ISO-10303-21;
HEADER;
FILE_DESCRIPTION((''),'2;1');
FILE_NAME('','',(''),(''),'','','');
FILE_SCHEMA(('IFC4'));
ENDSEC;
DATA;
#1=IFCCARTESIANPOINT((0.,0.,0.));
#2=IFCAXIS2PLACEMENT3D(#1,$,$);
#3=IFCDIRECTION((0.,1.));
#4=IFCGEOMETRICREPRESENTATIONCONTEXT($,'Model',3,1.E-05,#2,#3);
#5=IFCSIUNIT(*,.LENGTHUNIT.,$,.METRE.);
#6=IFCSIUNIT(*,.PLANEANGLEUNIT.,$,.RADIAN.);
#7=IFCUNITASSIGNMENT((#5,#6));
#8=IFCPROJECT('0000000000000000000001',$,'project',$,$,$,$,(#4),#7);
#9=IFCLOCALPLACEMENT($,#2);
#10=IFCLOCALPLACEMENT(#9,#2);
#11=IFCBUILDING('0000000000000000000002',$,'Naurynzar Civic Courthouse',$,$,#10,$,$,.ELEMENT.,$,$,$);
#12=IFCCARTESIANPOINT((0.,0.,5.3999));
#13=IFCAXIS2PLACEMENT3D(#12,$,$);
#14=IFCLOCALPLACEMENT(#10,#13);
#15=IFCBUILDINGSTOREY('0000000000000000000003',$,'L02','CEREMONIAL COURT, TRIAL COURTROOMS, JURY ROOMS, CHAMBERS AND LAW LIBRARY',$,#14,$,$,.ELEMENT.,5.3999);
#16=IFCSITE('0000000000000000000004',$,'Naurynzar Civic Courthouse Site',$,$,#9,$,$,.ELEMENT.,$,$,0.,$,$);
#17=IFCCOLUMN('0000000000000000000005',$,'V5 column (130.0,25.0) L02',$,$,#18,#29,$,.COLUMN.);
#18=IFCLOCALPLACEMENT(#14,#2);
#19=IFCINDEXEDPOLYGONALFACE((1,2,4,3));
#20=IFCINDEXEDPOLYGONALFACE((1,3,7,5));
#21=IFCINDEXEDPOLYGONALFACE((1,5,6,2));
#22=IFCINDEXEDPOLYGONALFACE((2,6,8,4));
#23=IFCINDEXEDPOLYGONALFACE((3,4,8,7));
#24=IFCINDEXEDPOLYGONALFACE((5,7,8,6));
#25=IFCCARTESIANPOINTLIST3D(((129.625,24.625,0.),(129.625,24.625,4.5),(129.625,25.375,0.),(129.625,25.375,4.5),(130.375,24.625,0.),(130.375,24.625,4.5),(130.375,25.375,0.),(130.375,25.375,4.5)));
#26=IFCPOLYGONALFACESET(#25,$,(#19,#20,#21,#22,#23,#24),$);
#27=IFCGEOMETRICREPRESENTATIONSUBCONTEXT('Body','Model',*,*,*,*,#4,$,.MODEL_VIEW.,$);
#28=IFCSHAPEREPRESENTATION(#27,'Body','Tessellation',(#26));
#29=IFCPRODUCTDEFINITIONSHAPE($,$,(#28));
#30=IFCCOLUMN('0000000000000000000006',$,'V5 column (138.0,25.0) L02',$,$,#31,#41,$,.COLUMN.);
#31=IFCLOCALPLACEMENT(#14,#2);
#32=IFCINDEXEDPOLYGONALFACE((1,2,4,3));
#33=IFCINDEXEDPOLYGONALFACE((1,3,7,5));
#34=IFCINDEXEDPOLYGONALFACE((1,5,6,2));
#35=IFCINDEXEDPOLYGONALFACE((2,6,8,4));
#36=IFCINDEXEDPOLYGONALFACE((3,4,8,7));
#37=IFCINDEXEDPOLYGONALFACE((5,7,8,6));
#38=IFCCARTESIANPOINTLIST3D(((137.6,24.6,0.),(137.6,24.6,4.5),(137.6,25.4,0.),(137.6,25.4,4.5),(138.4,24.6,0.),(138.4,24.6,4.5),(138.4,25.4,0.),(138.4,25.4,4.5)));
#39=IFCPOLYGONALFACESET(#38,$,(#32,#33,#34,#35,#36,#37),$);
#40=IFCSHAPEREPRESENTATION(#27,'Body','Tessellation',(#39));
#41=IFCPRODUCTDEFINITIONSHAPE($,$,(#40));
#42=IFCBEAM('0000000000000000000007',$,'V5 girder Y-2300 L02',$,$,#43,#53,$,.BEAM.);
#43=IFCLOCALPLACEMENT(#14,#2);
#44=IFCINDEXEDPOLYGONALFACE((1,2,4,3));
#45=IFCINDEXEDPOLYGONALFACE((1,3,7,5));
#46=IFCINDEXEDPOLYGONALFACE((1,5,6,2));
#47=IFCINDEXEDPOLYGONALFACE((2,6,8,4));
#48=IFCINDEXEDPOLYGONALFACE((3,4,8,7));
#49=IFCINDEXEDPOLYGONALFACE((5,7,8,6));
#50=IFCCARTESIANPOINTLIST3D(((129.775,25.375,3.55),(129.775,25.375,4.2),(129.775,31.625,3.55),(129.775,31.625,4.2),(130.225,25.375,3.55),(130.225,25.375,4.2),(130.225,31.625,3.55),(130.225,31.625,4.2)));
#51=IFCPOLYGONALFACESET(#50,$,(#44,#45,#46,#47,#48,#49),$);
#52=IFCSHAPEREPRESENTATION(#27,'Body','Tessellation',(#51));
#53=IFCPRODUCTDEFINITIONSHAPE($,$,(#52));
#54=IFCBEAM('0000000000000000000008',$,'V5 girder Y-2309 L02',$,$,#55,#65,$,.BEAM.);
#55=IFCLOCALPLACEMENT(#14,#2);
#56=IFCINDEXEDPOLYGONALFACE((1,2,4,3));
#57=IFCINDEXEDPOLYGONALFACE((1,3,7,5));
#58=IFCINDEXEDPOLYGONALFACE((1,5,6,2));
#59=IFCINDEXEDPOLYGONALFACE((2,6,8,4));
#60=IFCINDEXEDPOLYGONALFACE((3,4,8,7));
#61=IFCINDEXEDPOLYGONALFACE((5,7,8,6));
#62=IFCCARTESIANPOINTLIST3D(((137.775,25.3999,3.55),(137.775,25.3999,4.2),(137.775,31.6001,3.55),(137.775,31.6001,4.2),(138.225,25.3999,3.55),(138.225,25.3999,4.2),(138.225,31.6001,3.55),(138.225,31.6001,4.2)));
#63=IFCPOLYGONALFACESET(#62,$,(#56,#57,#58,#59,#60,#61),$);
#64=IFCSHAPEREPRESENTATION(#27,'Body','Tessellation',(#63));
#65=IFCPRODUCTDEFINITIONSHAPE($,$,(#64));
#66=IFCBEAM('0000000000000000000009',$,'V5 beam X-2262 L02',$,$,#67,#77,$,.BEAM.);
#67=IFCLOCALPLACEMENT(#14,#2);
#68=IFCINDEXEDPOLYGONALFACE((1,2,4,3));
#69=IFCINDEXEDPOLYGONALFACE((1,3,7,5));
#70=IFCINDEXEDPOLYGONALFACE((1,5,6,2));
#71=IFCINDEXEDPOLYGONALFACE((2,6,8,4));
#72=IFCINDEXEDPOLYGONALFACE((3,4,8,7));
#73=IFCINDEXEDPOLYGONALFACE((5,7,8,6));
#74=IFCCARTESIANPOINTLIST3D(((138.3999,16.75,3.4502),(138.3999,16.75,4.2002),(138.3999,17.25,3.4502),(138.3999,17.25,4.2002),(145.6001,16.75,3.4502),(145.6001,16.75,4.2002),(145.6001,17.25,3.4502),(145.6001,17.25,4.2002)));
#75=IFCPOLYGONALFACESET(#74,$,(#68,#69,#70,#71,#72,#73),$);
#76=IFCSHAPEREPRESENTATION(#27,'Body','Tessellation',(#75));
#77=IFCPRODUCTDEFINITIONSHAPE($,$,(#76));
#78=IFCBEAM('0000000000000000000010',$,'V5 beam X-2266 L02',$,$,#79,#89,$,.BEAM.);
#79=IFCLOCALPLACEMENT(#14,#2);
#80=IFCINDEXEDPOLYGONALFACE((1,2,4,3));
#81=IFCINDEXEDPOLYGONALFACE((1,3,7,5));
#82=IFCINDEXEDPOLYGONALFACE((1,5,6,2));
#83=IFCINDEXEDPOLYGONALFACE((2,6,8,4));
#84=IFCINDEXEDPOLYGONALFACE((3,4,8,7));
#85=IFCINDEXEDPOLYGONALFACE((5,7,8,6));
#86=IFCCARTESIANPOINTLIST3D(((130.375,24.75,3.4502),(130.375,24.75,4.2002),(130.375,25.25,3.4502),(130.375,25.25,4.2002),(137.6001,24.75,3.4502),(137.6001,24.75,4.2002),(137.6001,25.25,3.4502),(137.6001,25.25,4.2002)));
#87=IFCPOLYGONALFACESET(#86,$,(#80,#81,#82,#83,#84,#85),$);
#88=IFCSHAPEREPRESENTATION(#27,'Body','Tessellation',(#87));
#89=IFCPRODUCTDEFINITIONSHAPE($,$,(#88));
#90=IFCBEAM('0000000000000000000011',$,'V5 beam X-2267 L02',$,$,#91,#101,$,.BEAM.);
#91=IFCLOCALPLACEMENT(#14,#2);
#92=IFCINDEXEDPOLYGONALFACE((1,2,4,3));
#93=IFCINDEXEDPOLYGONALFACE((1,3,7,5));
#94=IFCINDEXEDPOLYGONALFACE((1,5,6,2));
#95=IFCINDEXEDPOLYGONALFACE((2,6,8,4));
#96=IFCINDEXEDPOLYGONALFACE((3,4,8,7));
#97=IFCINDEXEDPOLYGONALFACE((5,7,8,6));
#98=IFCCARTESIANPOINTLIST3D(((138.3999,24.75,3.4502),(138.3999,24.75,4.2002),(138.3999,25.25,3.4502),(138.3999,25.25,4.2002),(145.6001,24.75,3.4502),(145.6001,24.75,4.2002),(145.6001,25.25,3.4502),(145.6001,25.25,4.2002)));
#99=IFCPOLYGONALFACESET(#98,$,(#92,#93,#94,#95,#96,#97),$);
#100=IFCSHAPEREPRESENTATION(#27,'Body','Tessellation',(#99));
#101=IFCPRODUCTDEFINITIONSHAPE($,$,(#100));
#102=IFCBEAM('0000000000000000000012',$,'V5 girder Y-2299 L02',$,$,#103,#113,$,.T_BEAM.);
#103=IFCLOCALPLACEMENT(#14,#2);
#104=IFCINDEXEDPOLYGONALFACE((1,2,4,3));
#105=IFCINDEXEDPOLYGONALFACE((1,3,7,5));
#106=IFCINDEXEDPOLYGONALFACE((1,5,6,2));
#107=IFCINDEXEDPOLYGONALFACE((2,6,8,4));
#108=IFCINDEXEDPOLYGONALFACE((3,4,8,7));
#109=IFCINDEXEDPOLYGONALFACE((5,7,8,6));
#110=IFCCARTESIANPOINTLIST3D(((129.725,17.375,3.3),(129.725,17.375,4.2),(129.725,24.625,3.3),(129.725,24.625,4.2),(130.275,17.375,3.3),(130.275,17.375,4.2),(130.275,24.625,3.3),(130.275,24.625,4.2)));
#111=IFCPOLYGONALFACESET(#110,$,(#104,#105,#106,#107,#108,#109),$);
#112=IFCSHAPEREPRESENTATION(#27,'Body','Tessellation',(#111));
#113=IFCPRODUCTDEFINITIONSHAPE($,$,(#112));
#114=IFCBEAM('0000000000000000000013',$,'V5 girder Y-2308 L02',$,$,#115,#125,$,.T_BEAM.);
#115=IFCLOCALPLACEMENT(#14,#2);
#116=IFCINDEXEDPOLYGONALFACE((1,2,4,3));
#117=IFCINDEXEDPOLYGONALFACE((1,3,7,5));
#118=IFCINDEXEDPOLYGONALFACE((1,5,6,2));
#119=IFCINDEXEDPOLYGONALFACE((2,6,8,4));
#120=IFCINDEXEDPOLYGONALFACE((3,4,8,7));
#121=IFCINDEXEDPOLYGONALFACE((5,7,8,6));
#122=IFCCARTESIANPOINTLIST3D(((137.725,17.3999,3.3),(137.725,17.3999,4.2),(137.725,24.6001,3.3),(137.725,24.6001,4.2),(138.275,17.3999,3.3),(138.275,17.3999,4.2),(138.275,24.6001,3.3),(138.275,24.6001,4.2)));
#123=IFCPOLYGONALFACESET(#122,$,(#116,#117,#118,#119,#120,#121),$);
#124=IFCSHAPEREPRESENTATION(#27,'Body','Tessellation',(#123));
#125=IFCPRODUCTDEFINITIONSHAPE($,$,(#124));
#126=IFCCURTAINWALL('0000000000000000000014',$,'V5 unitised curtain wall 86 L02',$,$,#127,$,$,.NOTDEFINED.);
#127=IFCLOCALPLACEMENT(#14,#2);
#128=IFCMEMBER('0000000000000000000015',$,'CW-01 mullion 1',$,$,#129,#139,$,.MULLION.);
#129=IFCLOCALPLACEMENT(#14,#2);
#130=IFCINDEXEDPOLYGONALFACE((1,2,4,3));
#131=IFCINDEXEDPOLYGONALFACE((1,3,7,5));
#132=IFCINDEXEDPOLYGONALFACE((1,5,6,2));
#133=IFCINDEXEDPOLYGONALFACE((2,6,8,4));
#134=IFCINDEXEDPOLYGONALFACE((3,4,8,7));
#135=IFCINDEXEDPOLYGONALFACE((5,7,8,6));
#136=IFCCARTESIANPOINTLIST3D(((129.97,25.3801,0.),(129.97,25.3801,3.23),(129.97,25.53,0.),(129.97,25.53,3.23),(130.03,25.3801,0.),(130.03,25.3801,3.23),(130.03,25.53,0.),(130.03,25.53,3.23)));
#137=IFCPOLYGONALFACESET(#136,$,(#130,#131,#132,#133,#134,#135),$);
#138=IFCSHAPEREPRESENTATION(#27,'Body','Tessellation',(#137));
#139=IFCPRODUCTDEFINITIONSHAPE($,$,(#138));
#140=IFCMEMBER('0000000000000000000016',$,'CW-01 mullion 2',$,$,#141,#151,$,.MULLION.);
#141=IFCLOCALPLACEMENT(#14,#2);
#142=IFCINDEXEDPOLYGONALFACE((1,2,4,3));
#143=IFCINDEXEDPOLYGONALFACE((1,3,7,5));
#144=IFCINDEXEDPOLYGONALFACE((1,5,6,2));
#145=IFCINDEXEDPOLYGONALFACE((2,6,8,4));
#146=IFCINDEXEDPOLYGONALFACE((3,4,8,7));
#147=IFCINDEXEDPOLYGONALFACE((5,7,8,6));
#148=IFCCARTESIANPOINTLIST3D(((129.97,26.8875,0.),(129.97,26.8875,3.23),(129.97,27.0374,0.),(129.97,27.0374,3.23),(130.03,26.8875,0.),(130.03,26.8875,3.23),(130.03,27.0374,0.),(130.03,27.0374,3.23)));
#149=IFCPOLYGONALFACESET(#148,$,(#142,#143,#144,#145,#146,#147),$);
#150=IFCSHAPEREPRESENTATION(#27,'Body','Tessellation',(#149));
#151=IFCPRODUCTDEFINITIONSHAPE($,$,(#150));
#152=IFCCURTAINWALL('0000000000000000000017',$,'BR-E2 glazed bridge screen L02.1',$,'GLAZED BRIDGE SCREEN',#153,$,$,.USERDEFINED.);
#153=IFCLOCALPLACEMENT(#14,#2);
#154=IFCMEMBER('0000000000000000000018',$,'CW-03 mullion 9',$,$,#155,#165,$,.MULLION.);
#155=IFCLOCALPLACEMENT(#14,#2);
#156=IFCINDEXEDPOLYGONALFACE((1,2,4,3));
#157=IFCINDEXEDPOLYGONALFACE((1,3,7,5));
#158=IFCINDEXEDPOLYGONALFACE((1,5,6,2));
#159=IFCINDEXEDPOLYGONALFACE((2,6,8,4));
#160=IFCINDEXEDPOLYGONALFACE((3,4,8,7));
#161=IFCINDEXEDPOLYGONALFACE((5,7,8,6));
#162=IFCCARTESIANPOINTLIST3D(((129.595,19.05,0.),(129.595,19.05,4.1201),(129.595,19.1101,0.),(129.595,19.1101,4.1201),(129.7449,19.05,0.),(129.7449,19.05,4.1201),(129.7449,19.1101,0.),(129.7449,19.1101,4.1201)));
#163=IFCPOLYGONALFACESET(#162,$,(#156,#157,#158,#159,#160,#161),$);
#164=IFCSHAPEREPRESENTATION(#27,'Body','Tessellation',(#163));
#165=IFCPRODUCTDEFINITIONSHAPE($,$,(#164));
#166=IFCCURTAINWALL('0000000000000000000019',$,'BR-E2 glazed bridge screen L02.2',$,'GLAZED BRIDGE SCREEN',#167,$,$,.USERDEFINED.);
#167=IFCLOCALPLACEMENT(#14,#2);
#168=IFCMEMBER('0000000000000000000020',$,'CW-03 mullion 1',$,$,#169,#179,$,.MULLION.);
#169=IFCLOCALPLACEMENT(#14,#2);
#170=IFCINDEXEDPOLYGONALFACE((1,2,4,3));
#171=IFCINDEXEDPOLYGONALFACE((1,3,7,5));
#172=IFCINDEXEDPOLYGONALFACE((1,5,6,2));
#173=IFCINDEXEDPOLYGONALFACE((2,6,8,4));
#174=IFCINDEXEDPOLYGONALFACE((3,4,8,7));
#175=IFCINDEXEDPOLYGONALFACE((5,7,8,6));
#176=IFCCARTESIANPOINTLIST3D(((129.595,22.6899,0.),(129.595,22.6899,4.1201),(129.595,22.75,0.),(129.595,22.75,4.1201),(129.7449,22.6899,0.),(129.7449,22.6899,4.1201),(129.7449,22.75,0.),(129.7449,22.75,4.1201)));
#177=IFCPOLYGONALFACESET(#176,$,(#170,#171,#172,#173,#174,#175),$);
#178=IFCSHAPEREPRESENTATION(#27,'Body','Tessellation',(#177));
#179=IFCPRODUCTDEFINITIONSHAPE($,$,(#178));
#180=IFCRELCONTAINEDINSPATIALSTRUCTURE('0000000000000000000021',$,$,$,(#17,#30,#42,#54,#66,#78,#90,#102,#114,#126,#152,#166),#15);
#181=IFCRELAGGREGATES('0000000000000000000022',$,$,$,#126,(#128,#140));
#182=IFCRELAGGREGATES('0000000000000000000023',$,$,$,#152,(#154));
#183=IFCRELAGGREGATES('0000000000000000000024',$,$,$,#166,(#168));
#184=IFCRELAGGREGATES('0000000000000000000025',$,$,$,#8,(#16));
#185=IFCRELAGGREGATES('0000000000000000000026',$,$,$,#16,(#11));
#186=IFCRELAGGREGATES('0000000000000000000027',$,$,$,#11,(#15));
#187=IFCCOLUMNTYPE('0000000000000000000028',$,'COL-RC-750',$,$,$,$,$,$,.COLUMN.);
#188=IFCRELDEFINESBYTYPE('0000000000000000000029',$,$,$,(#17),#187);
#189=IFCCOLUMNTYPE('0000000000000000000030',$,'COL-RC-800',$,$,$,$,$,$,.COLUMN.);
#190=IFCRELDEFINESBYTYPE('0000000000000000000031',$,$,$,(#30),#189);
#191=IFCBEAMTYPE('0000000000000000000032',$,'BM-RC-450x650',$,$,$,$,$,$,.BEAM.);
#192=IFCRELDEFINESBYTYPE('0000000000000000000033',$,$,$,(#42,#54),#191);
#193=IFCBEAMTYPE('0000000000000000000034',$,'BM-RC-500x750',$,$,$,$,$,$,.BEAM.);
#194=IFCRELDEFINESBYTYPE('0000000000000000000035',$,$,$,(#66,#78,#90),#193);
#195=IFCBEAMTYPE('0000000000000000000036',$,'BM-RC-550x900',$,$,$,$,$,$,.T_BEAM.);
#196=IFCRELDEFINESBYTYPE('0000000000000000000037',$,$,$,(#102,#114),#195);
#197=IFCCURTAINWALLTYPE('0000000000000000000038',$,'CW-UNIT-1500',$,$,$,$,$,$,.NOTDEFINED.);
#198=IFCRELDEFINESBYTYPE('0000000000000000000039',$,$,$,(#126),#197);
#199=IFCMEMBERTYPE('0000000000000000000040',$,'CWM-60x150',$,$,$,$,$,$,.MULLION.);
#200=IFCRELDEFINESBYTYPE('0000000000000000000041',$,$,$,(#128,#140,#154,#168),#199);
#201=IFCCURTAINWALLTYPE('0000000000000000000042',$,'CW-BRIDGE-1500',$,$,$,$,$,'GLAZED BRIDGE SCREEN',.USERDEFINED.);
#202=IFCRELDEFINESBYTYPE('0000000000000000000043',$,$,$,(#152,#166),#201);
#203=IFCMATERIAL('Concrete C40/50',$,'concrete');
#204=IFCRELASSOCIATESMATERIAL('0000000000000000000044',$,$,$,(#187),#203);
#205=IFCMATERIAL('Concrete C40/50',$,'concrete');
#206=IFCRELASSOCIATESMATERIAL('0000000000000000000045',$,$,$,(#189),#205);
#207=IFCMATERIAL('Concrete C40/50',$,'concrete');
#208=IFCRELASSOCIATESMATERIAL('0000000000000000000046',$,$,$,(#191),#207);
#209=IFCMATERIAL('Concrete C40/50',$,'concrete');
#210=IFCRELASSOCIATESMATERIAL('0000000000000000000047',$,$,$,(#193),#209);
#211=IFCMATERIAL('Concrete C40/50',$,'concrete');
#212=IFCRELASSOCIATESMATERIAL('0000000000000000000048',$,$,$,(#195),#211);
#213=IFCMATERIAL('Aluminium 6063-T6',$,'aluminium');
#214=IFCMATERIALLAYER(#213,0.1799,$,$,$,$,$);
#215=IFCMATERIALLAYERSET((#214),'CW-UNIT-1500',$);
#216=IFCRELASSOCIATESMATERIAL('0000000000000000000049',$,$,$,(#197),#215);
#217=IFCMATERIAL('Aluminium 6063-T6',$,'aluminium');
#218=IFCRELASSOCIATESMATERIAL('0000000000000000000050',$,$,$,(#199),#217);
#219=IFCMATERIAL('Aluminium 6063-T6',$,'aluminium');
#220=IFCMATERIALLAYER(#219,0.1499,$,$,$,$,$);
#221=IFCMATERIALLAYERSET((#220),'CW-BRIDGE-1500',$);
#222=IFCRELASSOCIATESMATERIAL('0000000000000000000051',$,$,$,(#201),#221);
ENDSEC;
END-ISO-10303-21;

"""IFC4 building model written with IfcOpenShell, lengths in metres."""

from ifc_helpers import new_model, si_unit, direction, frame, origin, origin_2d, place, context, subcontext, project, spatial, rectangle, extrude, material, layer, layer_set, material_profile, profile_set, type_object, element, aggregate, save


model = new_model("IFC4")

# Units and contexts
model_context = context("Model", 3, precision=1e-05, world=origin(), true_north=direction((0.0, 1.0)))
body_context = subcontext(model_context, "Body", "Model", "MODEL_VIEW")
ifc_project = project(units=[si_unit("LENGTHUNIT", "METRE"), si_unit("PLANEANGLEUNIT", "RADIAN")], contexts=[model_context])

# Site, building, storey
site_placement = place(None, origin())
site = spatial("IfcSite", under=ifc_project, at=site_placement, Name="Naurynzar Civic Courthouse Site", CompositionType="ELEMENT", RefElevation=0.0)
building_placement = place(site_placement, origin())
building = spatial("IfcBuilding", under=site, at=building_placement, Name="Naurynzar Civic Courthouse", CompositionType="ELEMENT")
storey_placement = place(building_placement, frame((0.0, 0.0, 5.3999)))
storey = spatial("IfcBuildingStorey", under=building, at=storey_placement, Name="L02", Description="CEREMONIAL COURT, TRIAL COURTROOMS, JURY ROOMS, CHAMBERS AND LAW LIBRARY", CompositionType="ELEMENT", Elevation=5.3999)

# Columns
ifc_material_1 = material(Name="Concrete C40/50", Category="concrete")
ifc_material_profile_1 = material_profile(ifc_material_1, rectangle(XDim=0.75, YDim=0.75, at=origin_2d()), Name="RC 750x750")
ifc_profile_set_1 = profile_set([ifc_material_profile_1], Name="Concrete C40/50")
column_type_1 = type_object("IfcColumnType", Name="COL-RC-750", PredefinedType="COLUMN", material=ifc_profile_set_1)
column_1_placement = place(storey_placement, frame((130.0, 25.0, 0.0), z_axis=(0.0, 0.0, 1.0), x_axis=(1.0, 0.0, 0.0)))
element("IfcColumn", 1, at=column_1_placement, inside=storey, type_object=column_type_1, Name="V5 column (130.0,25.0) L02", PredefinedType="COLUMN", context=body_context, shape_type="SweptSolid", body=[
    extrude(rectangle(XDim=0.75, YDim=0.75, at=origin_2d()), origin(), (0.0, 0.0, 1.0), 4.5),
])
ifc_material_2 = material(Name="Concrete C40/50", Category="concrete")
ifc_material_profile_2 = material_profile(ifc_material_2, rectangle(XDim=0.8, YDim=0.8, at=origin_2d()), Name="RC 800x800")
ifc_profile_set_2 = profile_set([ifc_material_profile_2], Name="Concrete C40/50")
column_type_2 = type_object("IfcColumnType", Name="COL-RC-800", PredefinedType="COLUMN", material=ifc_profile_set_2)
column_2_placement = place(storey_placement, frame((138.0, 25.0, 0.0), z_axis=(0.0, 0.0, 1.0), x_axis=(1.0, 0.0, 0.0)))
element("IfcColumn", 2, at=column_2_placement, inside=storey, type_object=column_type_2, Name="V5 column (138.0,25.0) L02", PredefinedType="COLUMN", context=body_context, shape_type="SweptSolid", body=[
    extrude(rectangle(XDim=0.8, YDim=0.8, at=origin_2d()), origin(), (0.0, 0.0, 1.0), 4.5),
])

# Beams
ifc_material_3 = material(Name="Concrete C40/50", Category="concrete")
ifc_material_profile_3 = material_profile(ifc_material_3, rectangle(XDim=0.45, YDim=0.6499, at=origin_2d()), Name="RCB 450x650")
ifc_profile_set_3 = profile_set([ifc_material_profile_3], Name="Concrete C40/50")
beam_type_1 = type_object("IfcBeamType", Name="BM-RC-450x650", PredefinedType="BEAM", material=ifc_profile_set_3)
beam_1_placement = place(storey_placement, frame((130.0, 25.375, 3.875), z_axis=(0.0, 1.0, 0.0), x_axis=(-1.0, 0.0, 0.0)))
element("IfcBeam", 3, at=beam_1_placement, inside=storey, type_object=beam_type_1, Name="V5 girder Y-2300 L02", PredefinedType="BEAM", context=body_context, shape_type="SweptSolid", body=[
    extrude(rectangle(XDim=0.45, YDim=0.6499, at=origin_2d()), origin(), (0.0, 0.0, 1.0), 6.25),
])
beam_2_placement = place(storey_placement, frame((138.0, 25.3999, 3.875), z_axis=(0.0, 1.0, 0.0), x_axis=(-1.0, 0.0, 0.0)))
element("IfcBeam", 4, at=beam_2_placement, inside=storey, type_object=beam_type_1, Name="V5 girder Y-2309 L02", PredefinedType="BEAM", context=body_context, shape_type="SweptSolid", body=[
    extrude(rectangle(XDim=0.45, YDim=0.6499, at=origin_2d()), origin(), (0.0, 0.0, 1.0), 6.2002),
])
ifc_material_4 = material(Name="Concrete C40/50", Category="concrete")
ifc_material_profile_4 = material_profile(ifc_material_4, rectangle(XDim=0.5, YDim=0.75, at=origin_2d()), Name="RCB 500x750")
ifc_profile_set_4 = profile_set([ifc_material_profile_4], Name="Concrete C40/50")
beam_type_2 = type_object("IfcBeamType", Name="BM-RC-500x750", PredefinedType="BEAM", material=ifc_profile_set_4)
beam_3_placement = place(storey_placement, frame((138.3999, 17.0, 3.8252), z_axis=(1.0, 0.0, 0.0), x_axis=(0.0, 1.0, 0.0)))
element("IfcBeam", 5, at=beam_3_placement, inside=storey, type_object=beam_type_2, Name="V5 beam X-2262 L02", PredefinedType="BEAM", context=body_context, shape_type="SweptSolid", body=[
    extrude(rectangle(XDim=0.5, YDim=0.75, at=origin_2d()), origin(), (0.0, 0.0, 1.0), 7.2002),
])
beam_4_placement = place(storey_placement, frame((130.375, 25.0, 3.8252), z_axis=(1.0, 0.0, 0.0), x_axis=(0.0, 1.0, 0.0)))
element("IfcBeam", 6, at=beam_4_placement, inside=storey, type_object=beam_type_2, Name="V5 beam X-2266 L02", PredefinedType="BEAM", context=body_context, shape_type="SweptSolid", body=[
    extrude(rectangle(XDim=0.5, YDim=0.75, at=origin_2d()), origin(), (0.0, 0.0, 1.0), 7.2251),
])
beam_5_placement = place(storey_placement, frame((138.3999, 25.0, 3.8252), z_axis=(1.0, 0.0, 0.0), x_axis=(0.0, 1.0, 0.0)))
element("IfcBeam", 7, at=beam_5_placement, inside=storey, type_object=beam_type_2, Name="V5 beam X-2267 L02", PredefinedType="BEAM", context=body_context, shape_type="SweptSolid", body=[
    extrude(rectangle(XDim=0.5, YDim=0.75, at=origin_2d()), origin(), (0.0, 0.0, 1.0), 7.2002),
])
ifc_material_5 = material(Name="Concrete C40/50", Category="concrete")
ifc_material_profile_5 = material_profile(ifc_material_5, rectangle(XDim=0.55, YDim=0.8999, at=origin_2d()), Name="RCB 550x900")
ifc_profile_set_5 = profile_set([ifc_material_profile_5], Name="Concrete C40/50")
beam_type_3 = type_object("IfcBeamType", Name="BM-RC-550x900", PredefinedType="T_BEAM", material=ifc_profile_set_5)
beam_6_placement = place(storey_placement, frame((130.0, 17.375, 3.75), z_axis=(0.0, 1.0, 0.0), x_axis=(-1.0, 0.0, 0.0)))
element("IfcBeam", 8, at=beam_6_placement, inside=storey, type_object=beam_type_3, Name="V5 girder Y-2299 L02", PredefinedType="T_BEAM", context=body_context, shape_type="SweptSolid", body=[
    extrude(rectangle(XDim=0.55, YDim=0.8999, at=origin_2d()), origin(), (0.0, 0.0, 1.0), 7.25),
])
beam_7_placement = place(storey_placement, frame((138.0, 17.3999, 3.75), z_axis=(0.0, 1.0, 0.0), x_axis=(-1.0, 0.0, 0.0)))
element("IfcBeam", 9, at=beam_7_placement, inside=storey, type_object=beam_type_3, Name="V5 girder Y-2308 L02", PredefinedType="T_BEAM", context=body_context, shape_type="SweptSolid", body=[
    extrude(rectangle(XDim=0.55, YDim=0.8999, at=origin_2d()), origin(), (0.0, 0.0, 1.0), 7.2002),
])

# Curtain wall, members
ifc_material_6 = material(Name="Aluminium 6063-T6", Category="aluminium")
ifc_layer_1 = layer(ifc_material_6, 0.1799)
ifc_layer_set_1 = layer_set([ifc_layer_1], Name="CW-UNIT-1500")
curtain_wall_type_1 = type_object("IfcCurtainWallType", Name="CW-UNIT-1500", PredefinedType="NOTDEFINED", material=ifc_layer_set_1)
curtain_wall_1_placement = place(storey_placement, origin())
curtain_wall_1 = element("IfcCurtainWall", 10, at=curtain_wall_1_placement, inside=storey, type_object=curtain_wall_type_1, Name="V5 unitised curtain wall 86 L02", PredefinedType="NOTDEFINED")
ifc_material_7 = material(Name="Aluminium 6063-T6", Category="aluminium")
ifc_material_profile_6 = material_profile(ifc_material_7, rectangle(XDim=0.0601, YDim=0.1499, at=origin_2d()), Name="ALU MULLION 60x150")
ifc_profile_set_6 = profile_set([ifc_material_profile_6], Name="Aluminium 6063-T6")
member_type_1 = type_object("IfcMemberType", Name="CWM-60x150", PredefinedType="MULLION", material=ifc_profile_set_6)
member_1_placement = place(storey_placement, frame((130.0, 25.4551, 0.0), z_axis=(0.0, 0.0, 1.0), x_axis=(-1.0, 0.0, 0.0)))
member_1 = element("IfcMember", 11, at=member_1_placement, type_object=member_type_1, Name="CW-01 mullion 1", PredefinedType="MULLION", context=body_context, shape_type="SweptSolid", body=[
    extrude(rectangle(XDim=0.0601, YDim=0.1499, at=origin_2d()), origin(), (0.0, 0.0, 1.0), 3.23),
])
member_2_placement = place(storey_placement, frame((130.0, 26.9624, 0.0), z_axis=(0.0, 0.0, 1.0), x_axis=(-1.0, 0.0, 0.0)))
member_2 = element("IfcMember", 12, at=member_2_placement, type_object=member_type_1, Name="CW-01 mullion 2", PredefinedType="MULLION", context=body_context, shape_type="SweptSolid", body=[
    extrude(rectangle(XDim=0.0601, YDim=0.1499, at=origin_2d()), origin(), (0.0, 0.0, 1.0), 3.23),
])

# Curtain walls, members
ifc_material_8 = material(Name="Aluminium 6063-T6", Category="aluminium")
ifc_layer_2 = layer(ifc_material_8, 0.1499)
ifc_layer_set_2 = layer_set([ifc_layer_2], Name="CW-BRIDGE-1500")
curtain_wall_type_2 = type_object("IfcCurtainWallType", Name="CW-BRIDGE-1500", ElementType="GLAZED BRIDGE SCREEN", PredefinedType="USERDEFINED", material=ifc_layer_set_2)
curtain_wall_2_placement = place(storey_placement, origin())
curtain_wall_2 = element("IfcCurtainWall", 13, at=curtain_wall_2_placement, inside=storey, type_object=curtain_wall_type_2, Name="BR-E2 glazed bridge screen L02.1", ObjectType="GLAZED BRIDGE SCREEN", PredefinedType="USERDEFINED")
member_3_placement = place(storey_placement, frame((129.6699, 19.0801, 0.0), z_axis=(0.0, 0.0, 1.0), x_axis=(0.0, 1.0, 0.0)))
member_3 = element("IfcMember", 14, at=member_3_placement, type_object=member_type_1, Name="CW-03 mullion 9", PredefinedType="MULLION", context=body_context, shape_type="SweptSolid", body=[
    extrude(rectangle(XDim=0.0601, YDim=0.1499, at=origin_2d()), origin(), (0.0, 0.0, 1.0), 4.1201),
])
curtain_wall_3_placement = place(storey_placement, origin())
curtain_wall_3 = element("IfcCurtainWall", 15, at=curtain_wall_3_placement, inside=storey, type_object=curtain_wall_type_2, Name="BR-E2 glazed bridge screen L02.2", ObjectType="GLAZED BRIDGE SCREEN", PredefinedType="USERDEFINED")
member_4_placement = place(storey_placement, frame((129.6699, 22.72, 0.0), z_axis=(0.0, 0.0, 1.0), x_axis=(0.0, -1.0, 0.0)))
member_4 = element("IfcMember", 16, at=member_4_placement, type_object=member_type_1, Name="CW-03 mullion 1", PredefinedType="MULLION", context=body_context, shape_type="SweptSolid", body=[
    extrude(rectangle(XDim=0.0601, YDim=0.1499, at=origin_2d()), origin(), (0.0, 0.0, 1.0), 4.1201),
])

aggregate(curtain_wall_1, [member_1, member_2])
aggregate(curtain_wall_2, [member_3])
aggregate(curtain_wall_3, [member_4])

save(model, "model.ifc")
